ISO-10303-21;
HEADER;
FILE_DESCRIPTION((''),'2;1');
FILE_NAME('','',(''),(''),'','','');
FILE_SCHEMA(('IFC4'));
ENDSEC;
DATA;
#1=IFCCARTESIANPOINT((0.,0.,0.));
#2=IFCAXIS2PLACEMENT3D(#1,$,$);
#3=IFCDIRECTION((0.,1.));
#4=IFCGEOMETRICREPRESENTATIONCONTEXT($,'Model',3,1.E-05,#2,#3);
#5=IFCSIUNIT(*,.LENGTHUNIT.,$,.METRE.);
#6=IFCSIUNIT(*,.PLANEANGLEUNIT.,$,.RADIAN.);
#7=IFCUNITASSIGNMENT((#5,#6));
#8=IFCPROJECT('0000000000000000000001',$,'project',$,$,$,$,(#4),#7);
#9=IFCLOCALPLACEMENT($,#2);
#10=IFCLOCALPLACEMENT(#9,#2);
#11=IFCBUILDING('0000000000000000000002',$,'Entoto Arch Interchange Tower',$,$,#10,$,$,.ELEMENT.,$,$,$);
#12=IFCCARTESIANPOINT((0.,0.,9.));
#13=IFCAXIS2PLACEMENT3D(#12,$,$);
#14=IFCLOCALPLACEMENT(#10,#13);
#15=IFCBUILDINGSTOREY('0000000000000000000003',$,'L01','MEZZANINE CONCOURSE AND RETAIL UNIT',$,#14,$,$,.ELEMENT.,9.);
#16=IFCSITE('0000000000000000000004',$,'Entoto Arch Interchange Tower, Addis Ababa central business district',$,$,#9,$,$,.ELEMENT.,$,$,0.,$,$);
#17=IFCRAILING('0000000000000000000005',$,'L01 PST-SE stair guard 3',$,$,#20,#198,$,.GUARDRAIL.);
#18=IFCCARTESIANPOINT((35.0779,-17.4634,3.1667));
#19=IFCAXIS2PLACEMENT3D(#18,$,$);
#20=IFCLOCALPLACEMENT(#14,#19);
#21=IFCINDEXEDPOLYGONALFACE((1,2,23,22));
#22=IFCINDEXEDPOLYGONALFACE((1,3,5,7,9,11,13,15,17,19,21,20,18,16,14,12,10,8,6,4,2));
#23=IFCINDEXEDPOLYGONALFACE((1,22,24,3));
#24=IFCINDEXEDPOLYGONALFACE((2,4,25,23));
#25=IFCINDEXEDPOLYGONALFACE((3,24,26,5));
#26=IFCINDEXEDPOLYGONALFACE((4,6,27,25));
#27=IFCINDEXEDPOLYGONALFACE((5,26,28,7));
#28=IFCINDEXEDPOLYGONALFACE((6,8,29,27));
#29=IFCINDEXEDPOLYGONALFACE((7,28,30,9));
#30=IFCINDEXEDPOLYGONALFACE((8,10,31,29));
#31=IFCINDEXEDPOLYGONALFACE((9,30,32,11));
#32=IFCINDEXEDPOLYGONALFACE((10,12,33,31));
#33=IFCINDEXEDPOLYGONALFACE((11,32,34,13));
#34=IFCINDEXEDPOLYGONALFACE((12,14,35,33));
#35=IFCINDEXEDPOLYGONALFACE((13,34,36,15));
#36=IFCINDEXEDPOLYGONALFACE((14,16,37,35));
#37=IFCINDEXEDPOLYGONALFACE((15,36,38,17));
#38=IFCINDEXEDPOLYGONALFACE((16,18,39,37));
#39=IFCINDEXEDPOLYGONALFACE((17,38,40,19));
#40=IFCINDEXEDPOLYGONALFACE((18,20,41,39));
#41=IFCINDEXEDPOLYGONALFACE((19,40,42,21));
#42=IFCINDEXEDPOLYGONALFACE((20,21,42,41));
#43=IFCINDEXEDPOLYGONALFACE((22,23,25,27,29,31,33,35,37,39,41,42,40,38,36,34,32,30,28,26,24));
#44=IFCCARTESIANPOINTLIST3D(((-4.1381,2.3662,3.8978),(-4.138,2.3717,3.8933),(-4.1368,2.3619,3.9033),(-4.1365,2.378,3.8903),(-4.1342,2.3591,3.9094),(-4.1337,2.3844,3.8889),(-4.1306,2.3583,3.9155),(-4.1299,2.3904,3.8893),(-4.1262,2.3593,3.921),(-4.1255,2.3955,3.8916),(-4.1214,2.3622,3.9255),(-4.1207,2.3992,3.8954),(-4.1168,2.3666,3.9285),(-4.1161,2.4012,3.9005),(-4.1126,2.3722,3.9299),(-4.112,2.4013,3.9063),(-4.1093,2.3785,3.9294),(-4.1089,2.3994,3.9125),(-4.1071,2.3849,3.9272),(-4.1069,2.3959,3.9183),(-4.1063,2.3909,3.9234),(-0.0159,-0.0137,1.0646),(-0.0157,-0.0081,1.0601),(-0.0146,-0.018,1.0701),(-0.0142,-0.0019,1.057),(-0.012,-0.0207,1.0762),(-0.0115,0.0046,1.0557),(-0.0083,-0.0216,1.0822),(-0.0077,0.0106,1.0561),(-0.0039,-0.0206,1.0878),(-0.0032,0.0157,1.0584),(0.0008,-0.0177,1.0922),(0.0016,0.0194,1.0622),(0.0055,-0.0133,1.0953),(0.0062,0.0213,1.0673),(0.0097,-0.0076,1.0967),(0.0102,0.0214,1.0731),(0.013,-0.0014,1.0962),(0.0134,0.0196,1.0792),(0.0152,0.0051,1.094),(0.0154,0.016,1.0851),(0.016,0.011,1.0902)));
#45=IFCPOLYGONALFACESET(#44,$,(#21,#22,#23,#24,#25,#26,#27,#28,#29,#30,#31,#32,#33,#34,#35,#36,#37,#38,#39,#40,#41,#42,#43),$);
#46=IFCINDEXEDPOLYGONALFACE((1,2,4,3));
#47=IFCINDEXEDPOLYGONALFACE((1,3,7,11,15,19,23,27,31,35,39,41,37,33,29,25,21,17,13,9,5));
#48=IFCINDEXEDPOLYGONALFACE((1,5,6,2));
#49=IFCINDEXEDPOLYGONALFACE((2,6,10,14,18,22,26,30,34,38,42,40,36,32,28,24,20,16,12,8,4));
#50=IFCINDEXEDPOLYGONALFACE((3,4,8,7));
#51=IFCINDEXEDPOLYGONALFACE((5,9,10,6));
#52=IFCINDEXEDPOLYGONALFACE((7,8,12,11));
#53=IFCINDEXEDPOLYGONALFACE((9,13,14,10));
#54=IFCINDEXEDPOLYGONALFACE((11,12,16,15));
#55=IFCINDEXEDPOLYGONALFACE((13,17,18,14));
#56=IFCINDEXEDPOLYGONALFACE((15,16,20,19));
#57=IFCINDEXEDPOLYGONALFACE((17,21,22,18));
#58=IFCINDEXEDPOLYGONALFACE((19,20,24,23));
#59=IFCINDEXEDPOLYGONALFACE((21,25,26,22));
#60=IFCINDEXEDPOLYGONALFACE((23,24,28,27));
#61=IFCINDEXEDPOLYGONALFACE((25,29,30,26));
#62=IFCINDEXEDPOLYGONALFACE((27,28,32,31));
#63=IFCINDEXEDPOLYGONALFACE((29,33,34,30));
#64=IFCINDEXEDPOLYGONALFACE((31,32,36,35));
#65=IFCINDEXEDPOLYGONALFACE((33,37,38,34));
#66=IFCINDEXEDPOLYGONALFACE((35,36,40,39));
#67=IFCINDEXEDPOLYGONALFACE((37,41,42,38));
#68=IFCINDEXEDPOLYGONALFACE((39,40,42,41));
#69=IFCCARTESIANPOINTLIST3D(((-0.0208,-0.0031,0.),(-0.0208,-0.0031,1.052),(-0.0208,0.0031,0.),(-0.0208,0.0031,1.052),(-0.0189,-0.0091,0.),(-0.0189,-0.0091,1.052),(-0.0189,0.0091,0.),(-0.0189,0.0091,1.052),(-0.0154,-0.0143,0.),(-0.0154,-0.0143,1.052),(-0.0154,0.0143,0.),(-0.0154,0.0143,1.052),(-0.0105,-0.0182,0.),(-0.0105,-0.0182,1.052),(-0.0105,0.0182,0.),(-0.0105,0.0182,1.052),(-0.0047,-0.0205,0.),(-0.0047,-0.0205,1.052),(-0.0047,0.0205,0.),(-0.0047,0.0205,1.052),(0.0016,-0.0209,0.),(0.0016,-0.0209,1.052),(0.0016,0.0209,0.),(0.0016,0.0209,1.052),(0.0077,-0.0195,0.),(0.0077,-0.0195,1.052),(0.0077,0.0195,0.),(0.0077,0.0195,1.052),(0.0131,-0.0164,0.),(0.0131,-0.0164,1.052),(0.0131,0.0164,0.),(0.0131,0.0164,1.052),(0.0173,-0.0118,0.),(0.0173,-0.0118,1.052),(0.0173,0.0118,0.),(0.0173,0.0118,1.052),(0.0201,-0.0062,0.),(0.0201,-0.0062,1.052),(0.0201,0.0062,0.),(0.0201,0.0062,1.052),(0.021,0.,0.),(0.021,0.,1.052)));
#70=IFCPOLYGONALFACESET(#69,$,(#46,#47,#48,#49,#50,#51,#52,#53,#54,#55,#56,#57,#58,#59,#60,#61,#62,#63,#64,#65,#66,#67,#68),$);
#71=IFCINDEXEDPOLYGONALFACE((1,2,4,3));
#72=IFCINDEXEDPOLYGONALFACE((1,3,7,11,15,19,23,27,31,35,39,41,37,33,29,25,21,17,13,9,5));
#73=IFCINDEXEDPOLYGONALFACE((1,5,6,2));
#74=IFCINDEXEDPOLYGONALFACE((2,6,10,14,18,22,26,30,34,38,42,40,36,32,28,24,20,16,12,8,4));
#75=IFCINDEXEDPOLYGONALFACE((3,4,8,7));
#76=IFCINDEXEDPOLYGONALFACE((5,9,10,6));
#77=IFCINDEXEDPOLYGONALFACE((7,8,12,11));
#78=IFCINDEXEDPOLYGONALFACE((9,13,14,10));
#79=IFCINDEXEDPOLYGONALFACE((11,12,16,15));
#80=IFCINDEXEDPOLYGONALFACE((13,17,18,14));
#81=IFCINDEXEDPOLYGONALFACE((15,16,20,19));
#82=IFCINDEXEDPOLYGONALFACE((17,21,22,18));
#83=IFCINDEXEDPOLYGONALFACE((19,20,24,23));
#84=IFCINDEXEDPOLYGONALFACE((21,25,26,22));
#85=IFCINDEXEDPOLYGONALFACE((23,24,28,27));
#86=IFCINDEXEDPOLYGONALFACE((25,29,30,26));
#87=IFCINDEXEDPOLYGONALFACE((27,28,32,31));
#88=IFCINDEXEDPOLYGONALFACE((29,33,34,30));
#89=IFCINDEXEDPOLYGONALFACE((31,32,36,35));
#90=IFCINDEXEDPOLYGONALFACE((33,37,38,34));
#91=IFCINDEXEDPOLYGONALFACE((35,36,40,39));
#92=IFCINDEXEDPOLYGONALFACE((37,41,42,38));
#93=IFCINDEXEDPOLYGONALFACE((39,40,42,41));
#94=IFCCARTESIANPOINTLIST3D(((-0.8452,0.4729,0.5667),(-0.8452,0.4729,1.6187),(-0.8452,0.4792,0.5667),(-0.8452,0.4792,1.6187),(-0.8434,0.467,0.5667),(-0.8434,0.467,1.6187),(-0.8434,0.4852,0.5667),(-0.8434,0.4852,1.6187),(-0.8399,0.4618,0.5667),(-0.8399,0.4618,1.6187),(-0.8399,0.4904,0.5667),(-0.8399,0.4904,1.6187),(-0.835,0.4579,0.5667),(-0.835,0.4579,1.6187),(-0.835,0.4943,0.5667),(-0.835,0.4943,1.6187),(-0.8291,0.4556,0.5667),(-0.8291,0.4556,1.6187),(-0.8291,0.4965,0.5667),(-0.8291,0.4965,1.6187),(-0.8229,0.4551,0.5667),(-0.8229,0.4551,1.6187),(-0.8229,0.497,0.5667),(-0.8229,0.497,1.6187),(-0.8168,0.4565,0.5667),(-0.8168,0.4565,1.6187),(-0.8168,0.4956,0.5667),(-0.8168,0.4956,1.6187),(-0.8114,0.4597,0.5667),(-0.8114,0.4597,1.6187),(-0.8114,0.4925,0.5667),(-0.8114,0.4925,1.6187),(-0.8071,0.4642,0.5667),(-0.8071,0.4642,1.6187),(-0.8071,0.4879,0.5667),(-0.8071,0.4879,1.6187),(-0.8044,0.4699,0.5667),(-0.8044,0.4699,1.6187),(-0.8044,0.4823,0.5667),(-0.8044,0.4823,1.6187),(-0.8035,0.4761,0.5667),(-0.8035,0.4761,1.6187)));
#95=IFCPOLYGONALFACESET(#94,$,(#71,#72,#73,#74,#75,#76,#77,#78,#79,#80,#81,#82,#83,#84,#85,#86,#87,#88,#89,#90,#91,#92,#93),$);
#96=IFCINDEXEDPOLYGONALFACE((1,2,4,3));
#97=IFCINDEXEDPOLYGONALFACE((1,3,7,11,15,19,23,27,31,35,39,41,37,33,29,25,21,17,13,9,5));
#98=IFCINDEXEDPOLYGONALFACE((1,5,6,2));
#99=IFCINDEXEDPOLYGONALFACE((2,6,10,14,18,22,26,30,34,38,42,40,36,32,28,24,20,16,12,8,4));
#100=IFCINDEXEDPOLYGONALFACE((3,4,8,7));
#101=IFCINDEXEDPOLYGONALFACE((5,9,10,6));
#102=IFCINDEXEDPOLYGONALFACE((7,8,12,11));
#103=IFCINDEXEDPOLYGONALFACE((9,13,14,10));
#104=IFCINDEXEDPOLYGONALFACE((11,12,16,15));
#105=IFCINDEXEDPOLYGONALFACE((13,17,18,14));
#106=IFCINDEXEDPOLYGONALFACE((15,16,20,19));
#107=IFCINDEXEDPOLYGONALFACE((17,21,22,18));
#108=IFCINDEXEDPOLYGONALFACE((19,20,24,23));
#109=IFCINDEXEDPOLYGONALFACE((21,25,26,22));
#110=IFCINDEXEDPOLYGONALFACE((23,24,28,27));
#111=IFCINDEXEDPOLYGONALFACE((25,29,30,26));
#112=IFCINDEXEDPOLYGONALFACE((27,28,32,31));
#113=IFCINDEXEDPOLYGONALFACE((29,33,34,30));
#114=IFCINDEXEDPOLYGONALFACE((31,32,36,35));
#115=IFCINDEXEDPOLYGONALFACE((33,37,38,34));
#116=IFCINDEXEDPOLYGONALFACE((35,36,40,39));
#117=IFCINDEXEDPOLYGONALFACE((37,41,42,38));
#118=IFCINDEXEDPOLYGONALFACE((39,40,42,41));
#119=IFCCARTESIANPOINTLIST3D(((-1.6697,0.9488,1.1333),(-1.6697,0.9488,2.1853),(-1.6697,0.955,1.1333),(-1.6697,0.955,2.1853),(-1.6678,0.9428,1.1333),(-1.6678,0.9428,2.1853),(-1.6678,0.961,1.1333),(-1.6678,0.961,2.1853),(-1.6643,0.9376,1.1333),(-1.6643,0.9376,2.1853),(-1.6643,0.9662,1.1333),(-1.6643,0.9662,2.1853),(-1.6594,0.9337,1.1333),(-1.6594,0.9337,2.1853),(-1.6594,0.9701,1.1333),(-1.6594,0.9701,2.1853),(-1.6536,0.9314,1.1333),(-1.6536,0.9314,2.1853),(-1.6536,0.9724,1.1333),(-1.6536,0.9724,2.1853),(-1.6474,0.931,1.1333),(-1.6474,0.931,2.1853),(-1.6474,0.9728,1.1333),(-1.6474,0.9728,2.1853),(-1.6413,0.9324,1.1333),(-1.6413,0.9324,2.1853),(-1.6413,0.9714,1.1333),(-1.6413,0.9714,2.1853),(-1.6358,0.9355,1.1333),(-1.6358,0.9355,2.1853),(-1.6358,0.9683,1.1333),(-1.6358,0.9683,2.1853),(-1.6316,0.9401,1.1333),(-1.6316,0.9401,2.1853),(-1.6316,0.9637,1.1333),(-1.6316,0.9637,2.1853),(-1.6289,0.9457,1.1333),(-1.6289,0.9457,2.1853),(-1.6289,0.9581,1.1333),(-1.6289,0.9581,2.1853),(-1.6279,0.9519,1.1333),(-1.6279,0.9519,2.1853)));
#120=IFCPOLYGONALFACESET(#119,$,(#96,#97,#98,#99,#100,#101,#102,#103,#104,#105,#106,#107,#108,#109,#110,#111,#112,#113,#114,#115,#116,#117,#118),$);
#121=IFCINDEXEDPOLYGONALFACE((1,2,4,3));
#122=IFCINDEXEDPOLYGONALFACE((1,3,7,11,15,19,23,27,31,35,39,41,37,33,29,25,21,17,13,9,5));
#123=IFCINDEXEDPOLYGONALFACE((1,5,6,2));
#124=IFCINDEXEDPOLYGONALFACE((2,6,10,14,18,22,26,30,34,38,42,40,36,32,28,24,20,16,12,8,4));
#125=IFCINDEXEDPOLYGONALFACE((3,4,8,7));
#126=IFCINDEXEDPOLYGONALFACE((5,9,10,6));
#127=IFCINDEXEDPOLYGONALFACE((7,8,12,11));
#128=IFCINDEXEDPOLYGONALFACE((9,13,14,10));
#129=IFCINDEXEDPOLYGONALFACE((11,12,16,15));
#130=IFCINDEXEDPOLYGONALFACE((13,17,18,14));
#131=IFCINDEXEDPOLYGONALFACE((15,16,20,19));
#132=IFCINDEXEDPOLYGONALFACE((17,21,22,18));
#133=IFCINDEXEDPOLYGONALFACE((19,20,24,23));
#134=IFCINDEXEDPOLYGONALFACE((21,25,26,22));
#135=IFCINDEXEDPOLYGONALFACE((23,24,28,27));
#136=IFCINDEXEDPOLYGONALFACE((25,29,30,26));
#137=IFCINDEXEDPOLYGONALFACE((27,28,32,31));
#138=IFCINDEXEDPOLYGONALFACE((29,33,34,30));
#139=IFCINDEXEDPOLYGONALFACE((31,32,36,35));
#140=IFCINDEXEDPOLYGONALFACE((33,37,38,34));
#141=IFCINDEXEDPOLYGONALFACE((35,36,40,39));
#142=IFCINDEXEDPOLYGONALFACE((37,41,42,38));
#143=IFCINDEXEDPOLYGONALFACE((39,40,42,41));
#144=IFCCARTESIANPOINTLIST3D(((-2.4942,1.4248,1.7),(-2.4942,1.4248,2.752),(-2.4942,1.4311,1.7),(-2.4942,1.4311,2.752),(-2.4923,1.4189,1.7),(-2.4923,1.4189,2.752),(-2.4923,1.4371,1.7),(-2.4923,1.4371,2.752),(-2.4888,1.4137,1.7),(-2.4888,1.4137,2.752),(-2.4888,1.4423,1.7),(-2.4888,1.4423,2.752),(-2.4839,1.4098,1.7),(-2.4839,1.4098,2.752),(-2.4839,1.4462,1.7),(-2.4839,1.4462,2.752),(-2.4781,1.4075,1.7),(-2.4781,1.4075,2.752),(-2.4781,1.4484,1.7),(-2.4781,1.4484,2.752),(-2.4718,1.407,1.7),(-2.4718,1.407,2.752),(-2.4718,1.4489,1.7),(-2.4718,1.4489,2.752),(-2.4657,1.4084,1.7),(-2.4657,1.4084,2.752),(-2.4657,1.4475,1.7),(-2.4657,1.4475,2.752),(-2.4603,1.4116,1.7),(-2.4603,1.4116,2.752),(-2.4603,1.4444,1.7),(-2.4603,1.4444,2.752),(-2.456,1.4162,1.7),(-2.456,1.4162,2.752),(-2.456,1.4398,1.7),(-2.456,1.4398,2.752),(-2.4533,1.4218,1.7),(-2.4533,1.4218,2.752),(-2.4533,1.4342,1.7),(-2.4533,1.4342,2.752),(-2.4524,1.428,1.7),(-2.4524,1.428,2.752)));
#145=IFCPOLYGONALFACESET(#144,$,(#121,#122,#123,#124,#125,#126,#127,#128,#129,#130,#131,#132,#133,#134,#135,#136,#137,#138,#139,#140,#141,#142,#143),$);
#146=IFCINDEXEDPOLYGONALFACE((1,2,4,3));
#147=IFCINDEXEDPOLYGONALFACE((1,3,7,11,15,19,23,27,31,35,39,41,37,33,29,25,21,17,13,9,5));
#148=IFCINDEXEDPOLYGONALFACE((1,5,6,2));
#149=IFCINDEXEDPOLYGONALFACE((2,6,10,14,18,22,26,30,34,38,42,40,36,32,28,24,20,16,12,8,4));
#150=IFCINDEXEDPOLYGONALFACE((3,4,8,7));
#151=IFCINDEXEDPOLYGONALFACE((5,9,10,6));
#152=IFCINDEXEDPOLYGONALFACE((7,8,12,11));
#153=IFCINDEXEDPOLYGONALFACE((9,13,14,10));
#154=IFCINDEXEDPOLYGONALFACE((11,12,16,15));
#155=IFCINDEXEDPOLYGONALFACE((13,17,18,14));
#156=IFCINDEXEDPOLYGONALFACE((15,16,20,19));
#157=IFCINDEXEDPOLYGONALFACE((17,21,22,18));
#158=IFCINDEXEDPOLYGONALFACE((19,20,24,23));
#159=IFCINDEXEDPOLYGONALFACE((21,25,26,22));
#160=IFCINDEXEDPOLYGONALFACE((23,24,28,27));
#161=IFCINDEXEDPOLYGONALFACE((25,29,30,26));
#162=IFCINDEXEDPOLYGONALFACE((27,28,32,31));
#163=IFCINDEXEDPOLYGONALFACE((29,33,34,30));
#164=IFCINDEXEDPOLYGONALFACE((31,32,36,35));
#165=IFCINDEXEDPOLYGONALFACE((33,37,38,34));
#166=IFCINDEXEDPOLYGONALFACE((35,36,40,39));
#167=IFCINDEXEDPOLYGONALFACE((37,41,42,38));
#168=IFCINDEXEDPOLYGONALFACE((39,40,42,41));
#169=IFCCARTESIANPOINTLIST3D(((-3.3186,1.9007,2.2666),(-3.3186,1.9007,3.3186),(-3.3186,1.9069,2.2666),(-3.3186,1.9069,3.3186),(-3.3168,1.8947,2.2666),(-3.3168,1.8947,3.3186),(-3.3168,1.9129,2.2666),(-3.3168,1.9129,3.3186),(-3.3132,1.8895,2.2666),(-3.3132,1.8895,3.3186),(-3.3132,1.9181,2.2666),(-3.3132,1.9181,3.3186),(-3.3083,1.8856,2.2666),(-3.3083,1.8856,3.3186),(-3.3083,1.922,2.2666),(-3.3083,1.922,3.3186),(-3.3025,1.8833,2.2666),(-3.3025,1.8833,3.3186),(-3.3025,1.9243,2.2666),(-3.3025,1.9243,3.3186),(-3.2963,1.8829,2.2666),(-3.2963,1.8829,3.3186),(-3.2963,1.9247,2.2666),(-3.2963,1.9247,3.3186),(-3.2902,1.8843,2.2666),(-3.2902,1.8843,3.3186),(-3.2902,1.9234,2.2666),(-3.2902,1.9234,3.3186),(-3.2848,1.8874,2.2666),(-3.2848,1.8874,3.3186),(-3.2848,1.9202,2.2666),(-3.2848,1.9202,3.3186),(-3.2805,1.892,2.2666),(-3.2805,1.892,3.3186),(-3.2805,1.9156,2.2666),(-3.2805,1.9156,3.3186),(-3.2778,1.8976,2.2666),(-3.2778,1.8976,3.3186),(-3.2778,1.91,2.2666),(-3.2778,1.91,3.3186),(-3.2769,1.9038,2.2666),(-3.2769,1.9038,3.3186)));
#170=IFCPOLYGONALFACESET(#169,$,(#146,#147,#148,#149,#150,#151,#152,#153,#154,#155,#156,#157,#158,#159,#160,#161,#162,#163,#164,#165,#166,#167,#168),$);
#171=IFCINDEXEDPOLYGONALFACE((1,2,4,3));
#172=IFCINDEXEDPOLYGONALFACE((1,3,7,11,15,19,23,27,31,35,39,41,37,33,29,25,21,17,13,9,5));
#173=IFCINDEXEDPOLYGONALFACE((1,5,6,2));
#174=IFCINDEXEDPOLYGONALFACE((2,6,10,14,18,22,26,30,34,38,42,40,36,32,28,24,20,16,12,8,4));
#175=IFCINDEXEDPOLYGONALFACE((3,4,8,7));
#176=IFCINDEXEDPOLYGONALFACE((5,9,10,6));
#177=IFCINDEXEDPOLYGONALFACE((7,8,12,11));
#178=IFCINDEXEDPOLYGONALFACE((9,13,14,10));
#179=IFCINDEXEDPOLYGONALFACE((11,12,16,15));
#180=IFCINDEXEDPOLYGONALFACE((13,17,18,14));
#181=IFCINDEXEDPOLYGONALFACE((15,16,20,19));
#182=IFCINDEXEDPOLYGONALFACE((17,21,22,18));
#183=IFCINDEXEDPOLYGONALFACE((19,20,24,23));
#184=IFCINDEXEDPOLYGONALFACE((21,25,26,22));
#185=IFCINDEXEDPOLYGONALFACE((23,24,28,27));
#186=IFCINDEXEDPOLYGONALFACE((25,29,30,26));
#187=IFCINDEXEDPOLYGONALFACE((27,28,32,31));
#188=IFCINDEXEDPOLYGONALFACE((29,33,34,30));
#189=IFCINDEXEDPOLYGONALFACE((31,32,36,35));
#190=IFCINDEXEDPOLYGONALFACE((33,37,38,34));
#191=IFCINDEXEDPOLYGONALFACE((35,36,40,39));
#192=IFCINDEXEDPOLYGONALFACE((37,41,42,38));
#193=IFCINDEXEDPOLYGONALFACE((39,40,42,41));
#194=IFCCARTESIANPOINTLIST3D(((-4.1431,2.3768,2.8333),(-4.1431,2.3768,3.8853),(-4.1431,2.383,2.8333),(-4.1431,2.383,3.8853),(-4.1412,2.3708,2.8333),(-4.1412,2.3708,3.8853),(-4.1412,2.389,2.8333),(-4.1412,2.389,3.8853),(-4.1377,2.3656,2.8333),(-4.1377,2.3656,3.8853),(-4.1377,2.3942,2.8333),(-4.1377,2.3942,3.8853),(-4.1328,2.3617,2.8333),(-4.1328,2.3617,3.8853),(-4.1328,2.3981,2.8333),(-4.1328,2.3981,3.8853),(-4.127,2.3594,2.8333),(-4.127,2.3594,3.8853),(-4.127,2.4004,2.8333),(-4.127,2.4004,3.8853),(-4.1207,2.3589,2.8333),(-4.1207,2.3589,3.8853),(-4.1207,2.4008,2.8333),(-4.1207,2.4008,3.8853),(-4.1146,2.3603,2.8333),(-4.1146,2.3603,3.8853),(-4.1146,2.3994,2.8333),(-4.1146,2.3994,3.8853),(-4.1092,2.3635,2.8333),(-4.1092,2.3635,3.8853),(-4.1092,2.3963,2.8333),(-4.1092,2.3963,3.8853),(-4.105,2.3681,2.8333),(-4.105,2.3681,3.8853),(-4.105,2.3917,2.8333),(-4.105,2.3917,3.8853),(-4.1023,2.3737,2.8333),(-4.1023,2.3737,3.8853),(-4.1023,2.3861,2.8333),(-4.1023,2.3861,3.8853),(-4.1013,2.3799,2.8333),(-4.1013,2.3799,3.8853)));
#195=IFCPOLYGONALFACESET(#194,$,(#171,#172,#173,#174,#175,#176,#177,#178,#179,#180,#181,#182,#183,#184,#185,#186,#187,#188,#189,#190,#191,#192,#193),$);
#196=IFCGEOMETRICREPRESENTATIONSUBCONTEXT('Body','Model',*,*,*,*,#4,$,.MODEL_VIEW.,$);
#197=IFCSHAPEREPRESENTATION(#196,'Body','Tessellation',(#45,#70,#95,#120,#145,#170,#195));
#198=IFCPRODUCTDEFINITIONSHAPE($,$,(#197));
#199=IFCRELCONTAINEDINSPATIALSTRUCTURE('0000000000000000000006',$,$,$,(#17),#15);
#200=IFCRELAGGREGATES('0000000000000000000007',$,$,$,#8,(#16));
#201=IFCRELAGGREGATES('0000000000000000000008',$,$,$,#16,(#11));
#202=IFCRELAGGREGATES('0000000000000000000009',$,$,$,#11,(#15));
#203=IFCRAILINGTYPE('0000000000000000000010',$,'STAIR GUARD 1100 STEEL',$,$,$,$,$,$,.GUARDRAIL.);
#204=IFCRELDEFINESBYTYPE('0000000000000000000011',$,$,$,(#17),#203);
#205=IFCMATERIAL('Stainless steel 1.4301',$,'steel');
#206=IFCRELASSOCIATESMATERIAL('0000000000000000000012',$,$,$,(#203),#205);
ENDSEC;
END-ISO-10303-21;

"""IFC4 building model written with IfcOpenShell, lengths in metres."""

from ifc_helpers import new_model, si_unit, direction, frame, origin, origin_2d, place, context, subcontext, project, spatial, circle, extrude, material, type_object, element, save


model = new_model("IFC4")

# Units and contexts
model_context = context("Model", 3, precision=1e-05, world=origin(), true_north=direction((0.0, 1.0)))
body_context = subcontext(model_context, "Body", "Model", "MODEL_VIEW")
ifc_project = project(units=[si_unit("LENGTHUNIT", "METRE"), si_unit("PLANEANGLEUNIT", "RADIAN")], contexts=[model_context])

# Site, building, storey
site_placement = place(None, origin())
site = spatial("IfcSite", under=ifc_project, at=site_placement, Name="Entoto Arch Interchange Tower, Addis Ababa central business district", CompositionType="ELEMENT", RefElevation=0.0)
building_placement = place(site_placement, origin())
building = spatial("IfcBuilding", under=site, at=building_placement, Name="Entoto Arch Interchange Tower", CompositionType="ELEMENT")
storey_placement = place(building_placement, frame((0.0, 0.0, 9.0)))
storey = spatial("IfcBuildingStorey", under=building, at=storey_placement, Name="L01", Description="MEZZANINE CONCOURSE AND RETAIL UNIT", CompositionType="ELEMENT", Elevation=9.0)

# Railing
ifc_material_1 = material(Name="Stainless steel 1.4301", Category="steel")
railing_type = type_object("IfcRailingType", Name="STAIR GUARD 1100 STEEL", PredefinedType="GUARDRAIL", material=ifc_material_1)
railing_1_placement = place(storey_placement, frame((35.0779, -17.4634, 3.1667)))
element("IfcRailing", 1, at=railing_1_placement, inside=storey, type_object=railing_type, Name="L01 PST-SE stair guard 3", PredefinedType="GUARDRAIL", context=body_context, shape_type="SweptSolid", body=[
    extrude(circle(Radius=0.0239, at=origin_2d()), frame((0.0, 0.0, 1.0762), z_axis=(-0.744185, 0.42963, 0.511475), x_axis=(-0.499978, -0.866038, 0.0)), (0.0, 0.0, 1.0), 5.5393),
    extrude(circle(Radius=0.021, at=origin_2d()), origin(), (0.0, 0.0, 1.0), 1.052),
    extrude(circle(Radius=0.021, at=origin_2d()), frame((-0.8245, 0.4761, 0.5667)), (0.0, 0.0, 1.0), 1.052),
    extrude(circle(Radius=0.021, at=origin_2d()), frame((-1.6489, 0.9519, 1.1333)), (0.0, 0.0, 1.0), 1.052),
    extrude(circle(Radius=0.021, at=origin_2d()), frame((-2.4734, 1.428, 1.7)), (0.0, 0.0, 1.0), 1.052),
    extrude(circle(Radius=0.021, at=origin_2d()), frame((-3.2979, 1.9038, 2.2666)), (0.0, 0.0, 1.0), 1.052),
    extrude(circle(Radius=0.021, at=origin_2d()), frame((-4.1223, 2.3799, 2.8333)), (0.0, 0.0, 1.0), 1.052),
])

save(model, "model.ifc")
